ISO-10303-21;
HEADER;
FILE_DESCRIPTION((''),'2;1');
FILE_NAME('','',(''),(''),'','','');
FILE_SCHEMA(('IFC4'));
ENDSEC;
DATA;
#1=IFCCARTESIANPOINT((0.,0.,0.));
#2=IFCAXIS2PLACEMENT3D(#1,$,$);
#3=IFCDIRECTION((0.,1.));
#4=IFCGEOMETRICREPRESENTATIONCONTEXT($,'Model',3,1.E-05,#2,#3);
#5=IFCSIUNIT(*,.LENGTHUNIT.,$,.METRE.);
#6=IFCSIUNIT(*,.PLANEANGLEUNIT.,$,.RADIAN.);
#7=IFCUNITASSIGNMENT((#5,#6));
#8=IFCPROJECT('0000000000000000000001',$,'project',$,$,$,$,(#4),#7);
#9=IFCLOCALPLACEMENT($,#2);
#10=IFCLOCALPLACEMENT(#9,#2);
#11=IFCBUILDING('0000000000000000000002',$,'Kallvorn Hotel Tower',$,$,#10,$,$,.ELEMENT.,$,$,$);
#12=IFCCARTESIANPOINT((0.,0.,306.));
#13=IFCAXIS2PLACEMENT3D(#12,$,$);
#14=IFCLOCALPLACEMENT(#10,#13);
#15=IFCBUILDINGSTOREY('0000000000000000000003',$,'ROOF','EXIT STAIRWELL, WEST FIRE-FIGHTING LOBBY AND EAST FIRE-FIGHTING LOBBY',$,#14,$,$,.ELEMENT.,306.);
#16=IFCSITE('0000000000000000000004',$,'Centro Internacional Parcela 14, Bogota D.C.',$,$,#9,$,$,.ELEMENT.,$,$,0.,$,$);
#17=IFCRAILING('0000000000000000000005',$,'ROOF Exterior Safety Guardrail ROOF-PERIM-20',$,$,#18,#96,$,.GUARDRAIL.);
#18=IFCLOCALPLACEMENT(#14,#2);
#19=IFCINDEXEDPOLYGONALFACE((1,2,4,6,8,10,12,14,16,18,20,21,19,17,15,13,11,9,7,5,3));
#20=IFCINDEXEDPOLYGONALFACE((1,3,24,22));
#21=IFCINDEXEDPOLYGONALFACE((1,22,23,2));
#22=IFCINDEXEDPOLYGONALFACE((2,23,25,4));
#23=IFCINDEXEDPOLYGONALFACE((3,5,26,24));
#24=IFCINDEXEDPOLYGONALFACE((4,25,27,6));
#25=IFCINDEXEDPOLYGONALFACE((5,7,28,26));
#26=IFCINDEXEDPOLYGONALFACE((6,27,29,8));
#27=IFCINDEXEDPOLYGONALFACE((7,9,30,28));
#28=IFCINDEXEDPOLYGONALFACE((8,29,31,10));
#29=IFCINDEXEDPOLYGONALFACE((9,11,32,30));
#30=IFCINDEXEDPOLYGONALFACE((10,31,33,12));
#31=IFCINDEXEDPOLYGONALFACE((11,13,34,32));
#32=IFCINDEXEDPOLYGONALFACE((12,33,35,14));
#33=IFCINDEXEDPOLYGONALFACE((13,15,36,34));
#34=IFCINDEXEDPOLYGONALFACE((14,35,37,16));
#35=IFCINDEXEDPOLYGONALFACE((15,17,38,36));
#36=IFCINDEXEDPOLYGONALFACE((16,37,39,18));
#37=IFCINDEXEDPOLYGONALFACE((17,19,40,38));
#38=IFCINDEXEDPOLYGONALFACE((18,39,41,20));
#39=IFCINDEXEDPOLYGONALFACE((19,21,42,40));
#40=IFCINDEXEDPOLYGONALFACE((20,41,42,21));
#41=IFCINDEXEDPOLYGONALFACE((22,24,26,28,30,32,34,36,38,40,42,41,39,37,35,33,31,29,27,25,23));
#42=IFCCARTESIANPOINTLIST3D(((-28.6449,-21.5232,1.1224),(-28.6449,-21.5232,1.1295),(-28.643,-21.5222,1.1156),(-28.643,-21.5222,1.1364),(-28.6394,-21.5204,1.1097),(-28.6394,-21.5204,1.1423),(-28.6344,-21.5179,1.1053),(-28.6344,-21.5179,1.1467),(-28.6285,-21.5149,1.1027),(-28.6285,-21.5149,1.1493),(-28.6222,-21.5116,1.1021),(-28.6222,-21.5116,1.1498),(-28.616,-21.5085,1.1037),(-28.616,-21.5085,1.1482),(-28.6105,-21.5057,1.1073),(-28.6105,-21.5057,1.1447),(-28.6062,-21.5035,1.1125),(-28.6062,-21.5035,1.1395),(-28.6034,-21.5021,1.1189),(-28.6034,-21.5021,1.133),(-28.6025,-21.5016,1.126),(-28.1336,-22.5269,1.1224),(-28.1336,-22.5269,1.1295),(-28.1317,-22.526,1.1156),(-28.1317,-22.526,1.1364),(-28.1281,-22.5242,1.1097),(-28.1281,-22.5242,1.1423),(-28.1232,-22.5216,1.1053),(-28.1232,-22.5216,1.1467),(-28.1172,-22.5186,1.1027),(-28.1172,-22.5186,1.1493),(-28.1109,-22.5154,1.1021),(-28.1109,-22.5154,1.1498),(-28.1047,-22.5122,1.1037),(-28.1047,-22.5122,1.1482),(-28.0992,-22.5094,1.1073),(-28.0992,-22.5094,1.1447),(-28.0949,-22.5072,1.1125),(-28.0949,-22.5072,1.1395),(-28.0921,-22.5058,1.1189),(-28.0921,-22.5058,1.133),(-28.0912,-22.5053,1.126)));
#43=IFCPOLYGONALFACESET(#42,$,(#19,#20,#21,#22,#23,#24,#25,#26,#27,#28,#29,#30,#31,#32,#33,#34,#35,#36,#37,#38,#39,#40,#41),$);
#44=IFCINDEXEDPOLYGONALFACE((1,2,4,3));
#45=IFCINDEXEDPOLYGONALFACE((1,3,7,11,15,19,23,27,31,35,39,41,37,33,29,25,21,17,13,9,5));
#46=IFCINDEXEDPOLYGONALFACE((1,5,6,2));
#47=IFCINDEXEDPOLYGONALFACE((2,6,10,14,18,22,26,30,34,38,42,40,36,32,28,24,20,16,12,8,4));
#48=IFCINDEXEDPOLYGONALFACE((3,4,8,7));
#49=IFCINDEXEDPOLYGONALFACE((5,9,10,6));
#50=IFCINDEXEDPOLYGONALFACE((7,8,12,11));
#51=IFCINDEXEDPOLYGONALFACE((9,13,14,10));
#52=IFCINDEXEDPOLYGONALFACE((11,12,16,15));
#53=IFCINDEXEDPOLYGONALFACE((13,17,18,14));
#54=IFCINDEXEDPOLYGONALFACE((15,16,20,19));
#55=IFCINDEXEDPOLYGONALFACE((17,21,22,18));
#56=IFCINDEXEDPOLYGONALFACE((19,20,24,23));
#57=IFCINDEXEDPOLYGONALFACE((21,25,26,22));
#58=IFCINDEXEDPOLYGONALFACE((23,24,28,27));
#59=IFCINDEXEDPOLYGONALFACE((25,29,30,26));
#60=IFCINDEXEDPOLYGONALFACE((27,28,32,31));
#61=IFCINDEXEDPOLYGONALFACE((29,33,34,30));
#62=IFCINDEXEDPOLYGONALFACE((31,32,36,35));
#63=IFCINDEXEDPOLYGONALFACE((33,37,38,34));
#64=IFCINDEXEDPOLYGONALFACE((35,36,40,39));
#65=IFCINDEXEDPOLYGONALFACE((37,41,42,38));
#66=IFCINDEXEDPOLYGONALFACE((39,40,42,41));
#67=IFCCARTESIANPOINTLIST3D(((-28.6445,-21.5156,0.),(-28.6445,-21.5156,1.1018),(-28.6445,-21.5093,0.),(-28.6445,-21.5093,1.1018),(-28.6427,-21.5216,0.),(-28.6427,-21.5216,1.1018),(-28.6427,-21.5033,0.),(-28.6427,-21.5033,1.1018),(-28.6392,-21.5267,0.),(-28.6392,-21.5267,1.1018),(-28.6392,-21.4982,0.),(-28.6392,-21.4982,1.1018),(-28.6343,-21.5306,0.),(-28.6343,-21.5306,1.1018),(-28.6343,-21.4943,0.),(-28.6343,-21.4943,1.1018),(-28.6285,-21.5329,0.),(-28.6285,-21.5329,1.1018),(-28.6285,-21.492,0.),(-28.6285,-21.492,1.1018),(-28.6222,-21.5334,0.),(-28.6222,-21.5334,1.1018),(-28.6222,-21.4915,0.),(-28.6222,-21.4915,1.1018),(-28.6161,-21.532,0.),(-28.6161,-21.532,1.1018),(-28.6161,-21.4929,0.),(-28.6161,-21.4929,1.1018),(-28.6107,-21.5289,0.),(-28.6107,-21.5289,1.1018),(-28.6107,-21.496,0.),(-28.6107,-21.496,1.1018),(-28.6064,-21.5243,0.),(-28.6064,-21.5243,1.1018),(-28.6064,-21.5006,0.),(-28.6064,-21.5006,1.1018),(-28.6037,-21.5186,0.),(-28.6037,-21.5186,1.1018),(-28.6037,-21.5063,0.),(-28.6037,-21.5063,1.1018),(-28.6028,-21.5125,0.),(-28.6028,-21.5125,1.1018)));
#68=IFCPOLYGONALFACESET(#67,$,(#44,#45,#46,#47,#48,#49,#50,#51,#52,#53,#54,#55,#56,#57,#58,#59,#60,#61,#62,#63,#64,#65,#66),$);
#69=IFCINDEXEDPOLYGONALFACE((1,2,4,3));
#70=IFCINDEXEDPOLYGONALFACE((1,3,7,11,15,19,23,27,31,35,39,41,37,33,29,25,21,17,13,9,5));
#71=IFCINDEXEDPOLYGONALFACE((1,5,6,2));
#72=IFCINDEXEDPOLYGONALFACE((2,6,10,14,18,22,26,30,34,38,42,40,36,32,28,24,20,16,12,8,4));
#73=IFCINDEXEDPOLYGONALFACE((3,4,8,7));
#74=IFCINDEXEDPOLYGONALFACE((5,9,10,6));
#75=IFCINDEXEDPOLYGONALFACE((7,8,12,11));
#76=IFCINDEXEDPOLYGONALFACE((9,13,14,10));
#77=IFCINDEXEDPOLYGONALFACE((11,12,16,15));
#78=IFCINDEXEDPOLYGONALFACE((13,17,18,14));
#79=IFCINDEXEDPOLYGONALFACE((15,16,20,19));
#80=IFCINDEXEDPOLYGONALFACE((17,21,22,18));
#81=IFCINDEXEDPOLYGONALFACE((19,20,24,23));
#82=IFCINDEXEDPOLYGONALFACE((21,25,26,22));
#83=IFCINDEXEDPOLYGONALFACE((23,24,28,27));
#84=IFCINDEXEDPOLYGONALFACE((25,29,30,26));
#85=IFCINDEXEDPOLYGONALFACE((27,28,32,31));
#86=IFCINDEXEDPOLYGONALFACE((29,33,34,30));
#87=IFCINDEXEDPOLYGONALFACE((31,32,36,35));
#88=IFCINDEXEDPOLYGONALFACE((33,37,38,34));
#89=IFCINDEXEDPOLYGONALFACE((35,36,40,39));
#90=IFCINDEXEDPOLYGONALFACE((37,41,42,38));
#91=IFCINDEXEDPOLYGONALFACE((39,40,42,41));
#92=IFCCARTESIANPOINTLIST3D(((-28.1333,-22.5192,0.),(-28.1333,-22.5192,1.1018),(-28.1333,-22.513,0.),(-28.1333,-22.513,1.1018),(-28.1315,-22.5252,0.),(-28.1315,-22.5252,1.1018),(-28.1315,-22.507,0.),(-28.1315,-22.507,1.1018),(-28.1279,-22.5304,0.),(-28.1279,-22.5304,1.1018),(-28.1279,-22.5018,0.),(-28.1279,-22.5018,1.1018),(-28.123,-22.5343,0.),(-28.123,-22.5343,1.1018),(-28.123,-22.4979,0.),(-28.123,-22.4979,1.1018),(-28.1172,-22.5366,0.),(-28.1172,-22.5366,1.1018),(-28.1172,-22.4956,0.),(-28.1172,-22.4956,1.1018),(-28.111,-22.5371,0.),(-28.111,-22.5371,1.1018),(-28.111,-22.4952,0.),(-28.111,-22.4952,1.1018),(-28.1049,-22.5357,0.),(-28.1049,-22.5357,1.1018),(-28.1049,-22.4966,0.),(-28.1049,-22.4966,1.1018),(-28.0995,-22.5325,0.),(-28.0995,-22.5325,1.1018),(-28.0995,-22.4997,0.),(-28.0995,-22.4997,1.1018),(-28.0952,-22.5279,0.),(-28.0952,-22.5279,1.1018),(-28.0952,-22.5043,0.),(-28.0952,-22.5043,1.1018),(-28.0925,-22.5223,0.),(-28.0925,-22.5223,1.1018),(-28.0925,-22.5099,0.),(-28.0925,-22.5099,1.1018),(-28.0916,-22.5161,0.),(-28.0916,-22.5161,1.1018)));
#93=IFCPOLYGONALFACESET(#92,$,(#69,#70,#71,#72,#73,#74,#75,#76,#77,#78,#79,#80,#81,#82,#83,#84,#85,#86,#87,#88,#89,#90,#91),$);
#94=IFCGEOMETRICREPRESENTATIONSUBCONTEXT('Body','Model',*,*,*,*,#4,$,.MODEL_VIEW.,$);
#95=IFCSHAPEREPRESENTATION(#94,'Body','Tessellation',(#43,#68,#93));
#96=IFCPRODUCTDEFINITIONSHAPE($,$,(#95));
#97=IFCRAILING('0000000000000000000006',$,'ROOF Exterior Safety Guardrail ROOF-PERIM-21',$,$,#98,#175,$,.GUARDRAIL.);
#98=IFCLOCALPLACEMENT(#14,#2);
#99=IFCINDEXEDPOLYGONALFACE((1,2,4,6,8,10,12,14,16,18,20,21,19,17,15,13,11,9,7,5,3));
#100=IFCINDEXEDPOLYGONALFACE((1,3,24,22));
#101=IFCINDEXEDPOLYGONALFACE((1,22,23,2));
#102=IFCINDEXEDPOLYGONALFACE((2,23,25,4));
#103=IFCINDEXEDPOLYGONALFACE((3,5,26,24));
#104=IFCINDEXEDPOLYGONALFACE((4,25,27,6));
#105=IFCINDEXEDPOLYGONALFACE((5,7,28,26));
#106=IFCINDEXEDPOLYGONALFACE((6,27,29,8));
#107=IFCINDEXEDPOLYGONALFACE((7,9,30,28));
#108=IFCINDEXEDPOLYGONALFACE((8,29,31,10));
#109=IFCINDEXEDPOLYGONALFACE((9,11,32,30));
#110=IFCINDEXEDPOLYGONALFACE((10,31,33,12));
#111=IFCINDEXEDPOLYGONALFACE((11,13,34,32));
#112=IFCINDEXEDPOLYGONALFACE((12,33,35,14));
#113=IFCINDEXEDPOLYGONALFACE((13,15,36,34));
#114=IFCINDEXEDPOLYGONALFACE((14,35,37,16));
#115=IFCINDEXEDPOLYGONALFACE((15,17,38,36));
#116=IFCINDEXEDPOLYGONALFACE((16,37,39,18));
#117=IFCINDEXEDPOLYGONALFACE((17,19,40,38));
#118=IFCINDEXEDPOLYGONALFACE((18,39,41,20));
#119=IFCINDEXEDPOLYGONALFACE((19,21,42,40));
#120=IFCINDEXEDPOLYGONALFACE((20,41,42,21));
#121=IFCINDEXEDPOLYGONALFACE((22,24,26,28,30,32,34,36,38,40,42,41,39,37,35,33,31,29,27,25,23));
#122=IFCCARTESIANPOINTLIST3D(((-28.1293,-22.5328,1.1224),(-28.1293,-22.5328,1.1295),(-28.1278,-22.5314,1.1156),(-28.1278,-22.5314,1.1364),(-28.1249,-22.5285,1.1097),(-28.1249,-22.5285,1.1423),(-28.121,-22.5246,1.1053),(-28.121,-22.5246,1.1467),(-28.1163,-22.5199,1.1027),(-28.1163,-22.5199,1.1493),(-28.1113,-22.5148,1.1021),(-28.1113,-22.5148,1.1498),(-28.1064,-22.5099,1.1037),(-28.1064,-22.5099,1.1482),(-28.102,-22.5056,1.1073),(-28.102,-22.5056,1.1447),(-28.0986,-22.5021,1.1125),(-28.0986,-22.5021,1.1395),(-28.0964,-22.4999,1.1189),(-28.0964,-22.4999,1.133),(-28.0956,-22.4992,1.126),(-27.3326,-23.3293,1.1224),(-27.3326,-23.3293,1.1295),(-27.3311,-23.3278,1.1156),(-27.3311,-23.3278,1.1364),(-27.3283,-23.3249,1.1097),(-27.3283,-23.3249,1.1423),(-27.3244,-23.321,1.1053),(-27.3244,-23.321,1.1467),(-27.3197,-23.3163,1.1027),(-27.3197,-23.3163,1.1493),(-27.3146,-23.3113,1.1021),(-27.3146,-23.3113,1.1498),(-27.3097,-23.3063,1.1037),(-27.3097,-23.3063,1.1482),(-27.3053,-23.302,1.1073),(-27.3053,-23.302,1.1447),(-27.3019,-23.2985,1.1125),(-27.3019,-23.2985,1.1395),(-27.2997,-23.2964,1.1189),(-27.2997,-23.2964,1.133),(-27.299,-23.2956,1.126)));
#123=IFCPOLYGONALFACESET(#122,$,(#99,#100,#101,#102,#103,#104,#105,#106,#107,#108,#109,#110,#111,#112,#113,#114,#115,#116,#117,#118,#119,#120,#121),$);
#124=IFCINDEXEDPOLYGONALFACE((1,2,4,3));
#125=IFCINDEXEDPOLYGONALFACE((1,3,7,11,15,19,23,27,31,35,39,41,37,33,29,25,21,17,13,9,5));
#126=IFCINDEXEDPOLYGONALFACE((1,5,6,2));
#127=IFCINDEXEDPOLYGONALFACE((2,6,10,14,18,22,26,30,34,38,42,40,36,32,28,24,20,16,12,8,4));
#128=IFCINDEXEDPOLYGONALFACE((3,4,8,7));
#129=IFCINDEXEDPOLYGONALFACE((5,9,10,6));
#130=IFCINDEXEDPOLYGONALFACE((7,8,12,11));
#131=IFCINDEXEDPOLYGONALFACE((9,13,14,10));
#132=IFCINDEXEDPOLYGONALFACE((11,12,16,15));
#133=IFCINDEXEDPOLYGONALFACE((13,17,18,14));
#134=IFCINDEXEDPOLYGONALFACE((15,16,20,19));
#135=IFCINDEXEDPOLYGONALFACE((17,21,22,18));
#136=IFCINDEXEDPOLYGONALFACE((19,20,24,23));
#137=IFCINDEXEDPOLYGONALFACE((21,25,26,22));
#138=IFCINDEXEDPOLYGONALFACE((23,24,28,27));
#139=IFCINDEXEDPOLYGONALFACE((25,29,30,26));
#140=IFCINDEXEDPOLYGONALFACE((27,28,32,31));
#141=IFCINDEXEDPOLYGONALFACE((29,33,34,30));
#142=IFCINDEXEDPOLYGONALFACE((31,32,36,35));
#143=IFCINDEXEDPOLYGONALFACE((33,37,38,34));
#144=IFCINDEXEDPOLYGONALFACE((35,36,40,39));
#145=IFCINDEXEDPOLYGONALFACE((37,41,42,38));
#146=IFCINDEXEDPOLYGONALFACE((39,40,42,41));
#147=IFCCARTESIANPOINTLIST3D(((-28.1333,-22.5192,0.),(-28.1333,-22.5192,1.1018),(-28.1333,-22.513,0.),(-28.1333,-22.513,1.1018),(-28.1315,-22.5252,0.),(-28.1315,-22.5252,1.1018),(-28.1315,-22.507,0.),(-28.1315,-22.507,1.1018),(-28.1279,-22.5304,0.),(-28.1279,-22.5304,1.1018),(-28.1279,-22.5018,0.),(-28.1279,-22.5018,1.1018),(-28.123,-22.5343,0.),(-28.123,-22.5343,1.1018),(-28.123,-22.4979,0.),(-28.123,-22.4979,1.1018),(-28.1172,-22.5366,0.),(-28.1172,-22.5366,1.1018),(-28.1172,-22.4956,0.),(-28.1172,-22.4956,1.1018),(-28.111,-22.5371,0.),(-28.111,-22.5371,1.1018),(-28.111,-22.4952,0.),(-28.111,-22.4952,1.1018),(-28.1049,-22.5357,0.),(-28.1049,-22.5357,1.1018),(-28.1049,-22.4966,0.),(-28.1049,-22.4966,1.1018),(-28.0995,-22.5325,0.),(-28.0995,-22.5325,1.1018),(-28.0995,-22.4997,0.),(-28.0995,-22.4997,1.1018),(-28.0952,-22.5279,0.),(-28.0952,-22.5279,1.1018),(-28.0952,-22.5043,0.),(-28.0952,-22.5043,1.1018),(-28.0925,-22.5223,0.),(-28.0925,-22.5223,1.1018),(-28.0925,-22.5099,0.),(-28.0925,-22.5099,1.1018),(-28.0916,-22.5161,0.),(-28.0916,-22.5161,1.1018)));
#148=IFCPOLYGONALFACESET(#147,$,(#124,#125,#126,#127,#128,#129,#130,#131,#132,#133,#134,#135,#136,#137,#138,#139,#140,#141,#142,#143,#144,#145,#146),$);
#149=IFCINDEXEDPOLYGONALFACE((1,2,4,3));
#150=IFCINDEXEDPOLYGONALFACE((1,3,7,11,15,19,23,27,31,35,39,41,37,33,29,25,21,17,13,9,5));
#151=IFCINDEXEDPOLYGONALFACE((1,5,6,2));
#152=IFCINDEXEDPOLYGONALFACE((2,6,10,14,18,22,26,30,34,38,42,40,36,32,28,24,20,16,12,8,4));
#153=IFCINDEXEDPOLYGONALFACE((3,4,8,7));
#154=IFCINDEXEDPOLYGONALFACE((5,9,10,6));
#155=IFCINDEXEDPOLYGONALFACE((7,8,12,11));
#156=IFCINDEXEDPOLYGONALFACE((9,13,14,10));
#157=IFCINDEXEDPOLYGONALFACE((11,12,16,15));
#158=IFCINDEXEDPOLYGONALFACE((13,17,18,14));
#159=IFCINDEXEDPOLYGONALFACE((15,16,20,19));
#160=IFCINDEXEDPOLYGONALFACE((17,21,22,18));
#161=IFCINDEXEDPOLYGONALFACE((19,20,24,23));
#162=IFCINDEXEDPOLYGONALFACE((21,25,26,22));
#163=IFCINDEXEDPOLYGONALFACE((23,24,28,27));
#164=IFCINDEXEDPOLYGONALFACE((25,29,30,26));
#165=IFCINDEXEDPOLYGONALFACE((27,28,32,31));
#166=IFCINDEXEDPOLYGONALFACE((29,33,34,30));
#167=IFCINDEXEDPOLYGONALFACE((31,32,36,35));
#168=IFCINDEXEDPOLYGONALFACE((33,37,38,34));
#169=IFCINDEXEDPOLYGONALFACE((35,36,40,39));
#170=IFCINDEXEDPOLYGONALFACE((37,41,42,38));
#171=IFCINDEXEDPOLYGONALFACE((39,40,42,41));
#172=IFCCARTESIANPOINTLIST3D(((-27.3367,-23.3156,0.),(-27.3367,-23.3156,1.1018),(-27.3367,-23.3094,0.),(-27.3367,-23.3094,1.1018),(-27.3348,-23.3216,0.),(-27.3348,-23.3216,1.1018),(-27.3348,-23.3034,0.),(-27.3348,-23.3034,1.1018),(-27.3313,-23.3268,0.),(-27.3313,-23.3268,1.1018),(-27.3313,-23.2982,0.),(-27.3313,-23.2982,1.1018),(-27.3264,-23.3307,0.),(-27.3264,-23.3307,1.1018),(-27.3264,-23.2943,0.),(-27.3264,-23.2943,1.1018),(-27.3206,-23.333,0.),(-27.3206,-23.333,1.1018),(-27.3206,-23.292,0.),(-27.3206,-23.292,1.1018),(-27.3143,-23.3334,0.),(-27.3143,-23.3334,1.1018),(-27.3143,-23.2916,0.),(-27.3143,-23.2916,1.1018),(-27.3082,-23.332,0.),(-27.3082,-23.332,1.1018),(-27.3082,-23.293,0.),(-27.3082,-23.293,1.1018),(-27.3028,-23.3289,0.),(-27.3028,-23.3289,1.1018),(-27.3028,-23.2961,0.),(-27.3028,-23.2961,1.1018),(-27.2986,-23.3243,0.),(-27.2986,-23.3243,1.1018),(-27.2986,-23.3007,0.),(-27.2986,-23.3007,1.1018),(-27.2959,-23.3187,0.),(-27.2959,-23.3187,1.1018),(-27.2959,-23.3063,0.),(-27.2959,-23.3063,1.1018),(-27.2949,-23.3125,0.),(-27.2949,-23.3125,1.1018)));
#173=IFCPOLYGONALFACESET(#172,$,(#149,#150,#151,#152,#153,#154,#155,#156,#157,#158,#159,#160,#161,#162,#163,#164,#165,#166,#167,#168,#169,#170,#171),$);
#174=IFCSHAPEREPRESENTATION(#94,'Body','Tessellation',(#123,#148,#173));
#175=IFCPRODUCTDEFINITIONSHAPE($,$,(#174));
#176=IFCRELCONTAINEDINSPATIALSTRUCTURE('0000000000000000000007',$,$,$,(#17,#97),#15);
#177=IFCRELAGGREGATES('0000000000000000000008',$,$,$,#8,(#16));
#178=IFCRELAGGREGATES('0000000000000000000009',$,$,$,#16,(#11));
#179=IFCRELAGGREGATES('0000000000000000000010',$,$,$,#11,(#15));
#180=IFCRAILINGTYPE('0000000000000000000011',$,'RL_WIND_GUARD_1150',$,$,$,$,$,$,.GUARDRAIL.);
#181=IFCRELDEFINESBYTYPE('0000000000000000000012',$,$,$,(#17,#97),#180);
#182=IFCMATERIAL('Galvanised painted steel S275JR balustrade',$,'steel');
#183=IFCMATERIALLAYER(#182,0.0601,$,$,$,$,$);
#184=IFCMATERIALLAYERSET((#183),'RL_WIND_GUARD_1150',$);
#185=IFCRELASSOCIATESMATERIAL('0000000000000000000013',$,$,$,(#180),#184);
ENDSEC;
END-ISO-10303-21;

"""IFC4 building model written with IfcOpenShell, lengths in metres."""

from ifc_helpers import new_model, si_unit, direction, frame, origin, origin_2d, place, context, subcontext, project, spatial, circle, extrude, material, layer, layer_set, type_object, element, save


model = new_model("IFC4")

# Units and contexts
model_context = context("Model", 3, precision=1e-05, world=origin(), true_north=direction((0.0, 1.0)))
body_context = subcontext(model_context, "Body", "Model", "MODEL_VIEW")
ifc_project = project(units=[si_unit("LENGTHUNIT", "METRE"), si_unit("PLANEANGLEUNIT", "RADIAN")], contexts=[model_context])

# Site, building, storey
site_placement = place(None, origin())
site = spatial("IfcSite", under=ifc_project, at=site_placement, Name="Centro Internacional Parcela 14, Bogota D.C.", CompositionType="ELEMENT", RefElevation=0.0)
building_placement = place(site_placement, origin())
building = spatial("IfcBuilding", under=site, at=building_placement, Name="Kallvorn Hotel Tower", CompositionType="ELEMENT")
storey_placement = place(building_placement, frame((0.0, 0.0, 306.0)))
storey = spatial("IfcBuildingStorey", under=building, at=storey_placement, Name="ROOF", Description="EXIT STAIRWELL, WEST FIRE-FIGHTING LOBBY AND EAST FIRE-FIGHTING LOBBY", CompositionType="ELEMENT", Elevation=306.0)

# Railings
ifc_material_1 = material(Name="Galvanised painted steel S275JR balustrade", Category="steel")
ifc_layer_1 = layer(ifc_material_1, 0.0601)
ifc_layer_set_1 = layer_set([ifc_layer_1], Name="RL_WIND_GUARD_1150")
railing_type = type_object("IfcRailingType", Name="RL_WIND_GUARD_1150", PredefinedType="GUARDRAIL", material=ifc_layer_set_1)
railing_1_placement = place(storey_placement, frame((-28.6238, -21.5125, 0.0)))
element("IfcRailing", 1, at=railing_1_placement, inside=storey, type_object=railing_type, Name="ROOF Exterior Safety Guardrail ROOF-PERIM-20", PredefinedType="GUARDRAIL", context=body_context, shape_type="SweptSolid", body=[
    extrude(circle(Radius=0.0239, at=origin_2d()), frame((0.0, 0.0, 1.126), z_axis=(0.453877, -0.891064, 0.0), x_axis=(0.891064, 0.453877, 0.0)), (0.0, 0.0, 1.0), 1.1265),
    extrude(circle(Radius=0.021, at=origin_2d()), origin(), (0.0, 0.0, 1.0), 1.1018),
    extrude(circle(Radius=0.021, at=origin_2d()), frame((0.5112, -1.0037, 0.0)), (0.0, 0.0, 1.0), 1.1018),
])
railing_2_placement = place(storey_placement, frame((-28.1125, -22.5161, 0.0)))
element("IfcRailing", 2, at=railing_2_placement, inside=storey, type_object=railing_type, Name="ROOF Exterior Safety Guardrail ROOF-PERIM-21", PredefinedType="GUARDRAIL", context=body_context, shape_type="SweptSolid", body=[
    extrude(circle(Radius=0.0239, at=origin_2d()), frame((0.0, 0.0, 1.126), z_axis=(0.707215, -0.706998, 0.0), x_axis=(0.706998, 0.707215, 0.0)), (0.0, 0.0, 1.0), 1.1265),
    extrude(circle(Radius=0.021, at=origin_2d()), origin(), (0.0, 0.0, 1.0), 1.1018),
    extrude(circle(Radius=0.021, at=origin_2d()), frame((0.7966, -0.7964, 0.0)), (0.0, 0.0, 1.0), 1.1018),
])

save(model, "model.ifc")
